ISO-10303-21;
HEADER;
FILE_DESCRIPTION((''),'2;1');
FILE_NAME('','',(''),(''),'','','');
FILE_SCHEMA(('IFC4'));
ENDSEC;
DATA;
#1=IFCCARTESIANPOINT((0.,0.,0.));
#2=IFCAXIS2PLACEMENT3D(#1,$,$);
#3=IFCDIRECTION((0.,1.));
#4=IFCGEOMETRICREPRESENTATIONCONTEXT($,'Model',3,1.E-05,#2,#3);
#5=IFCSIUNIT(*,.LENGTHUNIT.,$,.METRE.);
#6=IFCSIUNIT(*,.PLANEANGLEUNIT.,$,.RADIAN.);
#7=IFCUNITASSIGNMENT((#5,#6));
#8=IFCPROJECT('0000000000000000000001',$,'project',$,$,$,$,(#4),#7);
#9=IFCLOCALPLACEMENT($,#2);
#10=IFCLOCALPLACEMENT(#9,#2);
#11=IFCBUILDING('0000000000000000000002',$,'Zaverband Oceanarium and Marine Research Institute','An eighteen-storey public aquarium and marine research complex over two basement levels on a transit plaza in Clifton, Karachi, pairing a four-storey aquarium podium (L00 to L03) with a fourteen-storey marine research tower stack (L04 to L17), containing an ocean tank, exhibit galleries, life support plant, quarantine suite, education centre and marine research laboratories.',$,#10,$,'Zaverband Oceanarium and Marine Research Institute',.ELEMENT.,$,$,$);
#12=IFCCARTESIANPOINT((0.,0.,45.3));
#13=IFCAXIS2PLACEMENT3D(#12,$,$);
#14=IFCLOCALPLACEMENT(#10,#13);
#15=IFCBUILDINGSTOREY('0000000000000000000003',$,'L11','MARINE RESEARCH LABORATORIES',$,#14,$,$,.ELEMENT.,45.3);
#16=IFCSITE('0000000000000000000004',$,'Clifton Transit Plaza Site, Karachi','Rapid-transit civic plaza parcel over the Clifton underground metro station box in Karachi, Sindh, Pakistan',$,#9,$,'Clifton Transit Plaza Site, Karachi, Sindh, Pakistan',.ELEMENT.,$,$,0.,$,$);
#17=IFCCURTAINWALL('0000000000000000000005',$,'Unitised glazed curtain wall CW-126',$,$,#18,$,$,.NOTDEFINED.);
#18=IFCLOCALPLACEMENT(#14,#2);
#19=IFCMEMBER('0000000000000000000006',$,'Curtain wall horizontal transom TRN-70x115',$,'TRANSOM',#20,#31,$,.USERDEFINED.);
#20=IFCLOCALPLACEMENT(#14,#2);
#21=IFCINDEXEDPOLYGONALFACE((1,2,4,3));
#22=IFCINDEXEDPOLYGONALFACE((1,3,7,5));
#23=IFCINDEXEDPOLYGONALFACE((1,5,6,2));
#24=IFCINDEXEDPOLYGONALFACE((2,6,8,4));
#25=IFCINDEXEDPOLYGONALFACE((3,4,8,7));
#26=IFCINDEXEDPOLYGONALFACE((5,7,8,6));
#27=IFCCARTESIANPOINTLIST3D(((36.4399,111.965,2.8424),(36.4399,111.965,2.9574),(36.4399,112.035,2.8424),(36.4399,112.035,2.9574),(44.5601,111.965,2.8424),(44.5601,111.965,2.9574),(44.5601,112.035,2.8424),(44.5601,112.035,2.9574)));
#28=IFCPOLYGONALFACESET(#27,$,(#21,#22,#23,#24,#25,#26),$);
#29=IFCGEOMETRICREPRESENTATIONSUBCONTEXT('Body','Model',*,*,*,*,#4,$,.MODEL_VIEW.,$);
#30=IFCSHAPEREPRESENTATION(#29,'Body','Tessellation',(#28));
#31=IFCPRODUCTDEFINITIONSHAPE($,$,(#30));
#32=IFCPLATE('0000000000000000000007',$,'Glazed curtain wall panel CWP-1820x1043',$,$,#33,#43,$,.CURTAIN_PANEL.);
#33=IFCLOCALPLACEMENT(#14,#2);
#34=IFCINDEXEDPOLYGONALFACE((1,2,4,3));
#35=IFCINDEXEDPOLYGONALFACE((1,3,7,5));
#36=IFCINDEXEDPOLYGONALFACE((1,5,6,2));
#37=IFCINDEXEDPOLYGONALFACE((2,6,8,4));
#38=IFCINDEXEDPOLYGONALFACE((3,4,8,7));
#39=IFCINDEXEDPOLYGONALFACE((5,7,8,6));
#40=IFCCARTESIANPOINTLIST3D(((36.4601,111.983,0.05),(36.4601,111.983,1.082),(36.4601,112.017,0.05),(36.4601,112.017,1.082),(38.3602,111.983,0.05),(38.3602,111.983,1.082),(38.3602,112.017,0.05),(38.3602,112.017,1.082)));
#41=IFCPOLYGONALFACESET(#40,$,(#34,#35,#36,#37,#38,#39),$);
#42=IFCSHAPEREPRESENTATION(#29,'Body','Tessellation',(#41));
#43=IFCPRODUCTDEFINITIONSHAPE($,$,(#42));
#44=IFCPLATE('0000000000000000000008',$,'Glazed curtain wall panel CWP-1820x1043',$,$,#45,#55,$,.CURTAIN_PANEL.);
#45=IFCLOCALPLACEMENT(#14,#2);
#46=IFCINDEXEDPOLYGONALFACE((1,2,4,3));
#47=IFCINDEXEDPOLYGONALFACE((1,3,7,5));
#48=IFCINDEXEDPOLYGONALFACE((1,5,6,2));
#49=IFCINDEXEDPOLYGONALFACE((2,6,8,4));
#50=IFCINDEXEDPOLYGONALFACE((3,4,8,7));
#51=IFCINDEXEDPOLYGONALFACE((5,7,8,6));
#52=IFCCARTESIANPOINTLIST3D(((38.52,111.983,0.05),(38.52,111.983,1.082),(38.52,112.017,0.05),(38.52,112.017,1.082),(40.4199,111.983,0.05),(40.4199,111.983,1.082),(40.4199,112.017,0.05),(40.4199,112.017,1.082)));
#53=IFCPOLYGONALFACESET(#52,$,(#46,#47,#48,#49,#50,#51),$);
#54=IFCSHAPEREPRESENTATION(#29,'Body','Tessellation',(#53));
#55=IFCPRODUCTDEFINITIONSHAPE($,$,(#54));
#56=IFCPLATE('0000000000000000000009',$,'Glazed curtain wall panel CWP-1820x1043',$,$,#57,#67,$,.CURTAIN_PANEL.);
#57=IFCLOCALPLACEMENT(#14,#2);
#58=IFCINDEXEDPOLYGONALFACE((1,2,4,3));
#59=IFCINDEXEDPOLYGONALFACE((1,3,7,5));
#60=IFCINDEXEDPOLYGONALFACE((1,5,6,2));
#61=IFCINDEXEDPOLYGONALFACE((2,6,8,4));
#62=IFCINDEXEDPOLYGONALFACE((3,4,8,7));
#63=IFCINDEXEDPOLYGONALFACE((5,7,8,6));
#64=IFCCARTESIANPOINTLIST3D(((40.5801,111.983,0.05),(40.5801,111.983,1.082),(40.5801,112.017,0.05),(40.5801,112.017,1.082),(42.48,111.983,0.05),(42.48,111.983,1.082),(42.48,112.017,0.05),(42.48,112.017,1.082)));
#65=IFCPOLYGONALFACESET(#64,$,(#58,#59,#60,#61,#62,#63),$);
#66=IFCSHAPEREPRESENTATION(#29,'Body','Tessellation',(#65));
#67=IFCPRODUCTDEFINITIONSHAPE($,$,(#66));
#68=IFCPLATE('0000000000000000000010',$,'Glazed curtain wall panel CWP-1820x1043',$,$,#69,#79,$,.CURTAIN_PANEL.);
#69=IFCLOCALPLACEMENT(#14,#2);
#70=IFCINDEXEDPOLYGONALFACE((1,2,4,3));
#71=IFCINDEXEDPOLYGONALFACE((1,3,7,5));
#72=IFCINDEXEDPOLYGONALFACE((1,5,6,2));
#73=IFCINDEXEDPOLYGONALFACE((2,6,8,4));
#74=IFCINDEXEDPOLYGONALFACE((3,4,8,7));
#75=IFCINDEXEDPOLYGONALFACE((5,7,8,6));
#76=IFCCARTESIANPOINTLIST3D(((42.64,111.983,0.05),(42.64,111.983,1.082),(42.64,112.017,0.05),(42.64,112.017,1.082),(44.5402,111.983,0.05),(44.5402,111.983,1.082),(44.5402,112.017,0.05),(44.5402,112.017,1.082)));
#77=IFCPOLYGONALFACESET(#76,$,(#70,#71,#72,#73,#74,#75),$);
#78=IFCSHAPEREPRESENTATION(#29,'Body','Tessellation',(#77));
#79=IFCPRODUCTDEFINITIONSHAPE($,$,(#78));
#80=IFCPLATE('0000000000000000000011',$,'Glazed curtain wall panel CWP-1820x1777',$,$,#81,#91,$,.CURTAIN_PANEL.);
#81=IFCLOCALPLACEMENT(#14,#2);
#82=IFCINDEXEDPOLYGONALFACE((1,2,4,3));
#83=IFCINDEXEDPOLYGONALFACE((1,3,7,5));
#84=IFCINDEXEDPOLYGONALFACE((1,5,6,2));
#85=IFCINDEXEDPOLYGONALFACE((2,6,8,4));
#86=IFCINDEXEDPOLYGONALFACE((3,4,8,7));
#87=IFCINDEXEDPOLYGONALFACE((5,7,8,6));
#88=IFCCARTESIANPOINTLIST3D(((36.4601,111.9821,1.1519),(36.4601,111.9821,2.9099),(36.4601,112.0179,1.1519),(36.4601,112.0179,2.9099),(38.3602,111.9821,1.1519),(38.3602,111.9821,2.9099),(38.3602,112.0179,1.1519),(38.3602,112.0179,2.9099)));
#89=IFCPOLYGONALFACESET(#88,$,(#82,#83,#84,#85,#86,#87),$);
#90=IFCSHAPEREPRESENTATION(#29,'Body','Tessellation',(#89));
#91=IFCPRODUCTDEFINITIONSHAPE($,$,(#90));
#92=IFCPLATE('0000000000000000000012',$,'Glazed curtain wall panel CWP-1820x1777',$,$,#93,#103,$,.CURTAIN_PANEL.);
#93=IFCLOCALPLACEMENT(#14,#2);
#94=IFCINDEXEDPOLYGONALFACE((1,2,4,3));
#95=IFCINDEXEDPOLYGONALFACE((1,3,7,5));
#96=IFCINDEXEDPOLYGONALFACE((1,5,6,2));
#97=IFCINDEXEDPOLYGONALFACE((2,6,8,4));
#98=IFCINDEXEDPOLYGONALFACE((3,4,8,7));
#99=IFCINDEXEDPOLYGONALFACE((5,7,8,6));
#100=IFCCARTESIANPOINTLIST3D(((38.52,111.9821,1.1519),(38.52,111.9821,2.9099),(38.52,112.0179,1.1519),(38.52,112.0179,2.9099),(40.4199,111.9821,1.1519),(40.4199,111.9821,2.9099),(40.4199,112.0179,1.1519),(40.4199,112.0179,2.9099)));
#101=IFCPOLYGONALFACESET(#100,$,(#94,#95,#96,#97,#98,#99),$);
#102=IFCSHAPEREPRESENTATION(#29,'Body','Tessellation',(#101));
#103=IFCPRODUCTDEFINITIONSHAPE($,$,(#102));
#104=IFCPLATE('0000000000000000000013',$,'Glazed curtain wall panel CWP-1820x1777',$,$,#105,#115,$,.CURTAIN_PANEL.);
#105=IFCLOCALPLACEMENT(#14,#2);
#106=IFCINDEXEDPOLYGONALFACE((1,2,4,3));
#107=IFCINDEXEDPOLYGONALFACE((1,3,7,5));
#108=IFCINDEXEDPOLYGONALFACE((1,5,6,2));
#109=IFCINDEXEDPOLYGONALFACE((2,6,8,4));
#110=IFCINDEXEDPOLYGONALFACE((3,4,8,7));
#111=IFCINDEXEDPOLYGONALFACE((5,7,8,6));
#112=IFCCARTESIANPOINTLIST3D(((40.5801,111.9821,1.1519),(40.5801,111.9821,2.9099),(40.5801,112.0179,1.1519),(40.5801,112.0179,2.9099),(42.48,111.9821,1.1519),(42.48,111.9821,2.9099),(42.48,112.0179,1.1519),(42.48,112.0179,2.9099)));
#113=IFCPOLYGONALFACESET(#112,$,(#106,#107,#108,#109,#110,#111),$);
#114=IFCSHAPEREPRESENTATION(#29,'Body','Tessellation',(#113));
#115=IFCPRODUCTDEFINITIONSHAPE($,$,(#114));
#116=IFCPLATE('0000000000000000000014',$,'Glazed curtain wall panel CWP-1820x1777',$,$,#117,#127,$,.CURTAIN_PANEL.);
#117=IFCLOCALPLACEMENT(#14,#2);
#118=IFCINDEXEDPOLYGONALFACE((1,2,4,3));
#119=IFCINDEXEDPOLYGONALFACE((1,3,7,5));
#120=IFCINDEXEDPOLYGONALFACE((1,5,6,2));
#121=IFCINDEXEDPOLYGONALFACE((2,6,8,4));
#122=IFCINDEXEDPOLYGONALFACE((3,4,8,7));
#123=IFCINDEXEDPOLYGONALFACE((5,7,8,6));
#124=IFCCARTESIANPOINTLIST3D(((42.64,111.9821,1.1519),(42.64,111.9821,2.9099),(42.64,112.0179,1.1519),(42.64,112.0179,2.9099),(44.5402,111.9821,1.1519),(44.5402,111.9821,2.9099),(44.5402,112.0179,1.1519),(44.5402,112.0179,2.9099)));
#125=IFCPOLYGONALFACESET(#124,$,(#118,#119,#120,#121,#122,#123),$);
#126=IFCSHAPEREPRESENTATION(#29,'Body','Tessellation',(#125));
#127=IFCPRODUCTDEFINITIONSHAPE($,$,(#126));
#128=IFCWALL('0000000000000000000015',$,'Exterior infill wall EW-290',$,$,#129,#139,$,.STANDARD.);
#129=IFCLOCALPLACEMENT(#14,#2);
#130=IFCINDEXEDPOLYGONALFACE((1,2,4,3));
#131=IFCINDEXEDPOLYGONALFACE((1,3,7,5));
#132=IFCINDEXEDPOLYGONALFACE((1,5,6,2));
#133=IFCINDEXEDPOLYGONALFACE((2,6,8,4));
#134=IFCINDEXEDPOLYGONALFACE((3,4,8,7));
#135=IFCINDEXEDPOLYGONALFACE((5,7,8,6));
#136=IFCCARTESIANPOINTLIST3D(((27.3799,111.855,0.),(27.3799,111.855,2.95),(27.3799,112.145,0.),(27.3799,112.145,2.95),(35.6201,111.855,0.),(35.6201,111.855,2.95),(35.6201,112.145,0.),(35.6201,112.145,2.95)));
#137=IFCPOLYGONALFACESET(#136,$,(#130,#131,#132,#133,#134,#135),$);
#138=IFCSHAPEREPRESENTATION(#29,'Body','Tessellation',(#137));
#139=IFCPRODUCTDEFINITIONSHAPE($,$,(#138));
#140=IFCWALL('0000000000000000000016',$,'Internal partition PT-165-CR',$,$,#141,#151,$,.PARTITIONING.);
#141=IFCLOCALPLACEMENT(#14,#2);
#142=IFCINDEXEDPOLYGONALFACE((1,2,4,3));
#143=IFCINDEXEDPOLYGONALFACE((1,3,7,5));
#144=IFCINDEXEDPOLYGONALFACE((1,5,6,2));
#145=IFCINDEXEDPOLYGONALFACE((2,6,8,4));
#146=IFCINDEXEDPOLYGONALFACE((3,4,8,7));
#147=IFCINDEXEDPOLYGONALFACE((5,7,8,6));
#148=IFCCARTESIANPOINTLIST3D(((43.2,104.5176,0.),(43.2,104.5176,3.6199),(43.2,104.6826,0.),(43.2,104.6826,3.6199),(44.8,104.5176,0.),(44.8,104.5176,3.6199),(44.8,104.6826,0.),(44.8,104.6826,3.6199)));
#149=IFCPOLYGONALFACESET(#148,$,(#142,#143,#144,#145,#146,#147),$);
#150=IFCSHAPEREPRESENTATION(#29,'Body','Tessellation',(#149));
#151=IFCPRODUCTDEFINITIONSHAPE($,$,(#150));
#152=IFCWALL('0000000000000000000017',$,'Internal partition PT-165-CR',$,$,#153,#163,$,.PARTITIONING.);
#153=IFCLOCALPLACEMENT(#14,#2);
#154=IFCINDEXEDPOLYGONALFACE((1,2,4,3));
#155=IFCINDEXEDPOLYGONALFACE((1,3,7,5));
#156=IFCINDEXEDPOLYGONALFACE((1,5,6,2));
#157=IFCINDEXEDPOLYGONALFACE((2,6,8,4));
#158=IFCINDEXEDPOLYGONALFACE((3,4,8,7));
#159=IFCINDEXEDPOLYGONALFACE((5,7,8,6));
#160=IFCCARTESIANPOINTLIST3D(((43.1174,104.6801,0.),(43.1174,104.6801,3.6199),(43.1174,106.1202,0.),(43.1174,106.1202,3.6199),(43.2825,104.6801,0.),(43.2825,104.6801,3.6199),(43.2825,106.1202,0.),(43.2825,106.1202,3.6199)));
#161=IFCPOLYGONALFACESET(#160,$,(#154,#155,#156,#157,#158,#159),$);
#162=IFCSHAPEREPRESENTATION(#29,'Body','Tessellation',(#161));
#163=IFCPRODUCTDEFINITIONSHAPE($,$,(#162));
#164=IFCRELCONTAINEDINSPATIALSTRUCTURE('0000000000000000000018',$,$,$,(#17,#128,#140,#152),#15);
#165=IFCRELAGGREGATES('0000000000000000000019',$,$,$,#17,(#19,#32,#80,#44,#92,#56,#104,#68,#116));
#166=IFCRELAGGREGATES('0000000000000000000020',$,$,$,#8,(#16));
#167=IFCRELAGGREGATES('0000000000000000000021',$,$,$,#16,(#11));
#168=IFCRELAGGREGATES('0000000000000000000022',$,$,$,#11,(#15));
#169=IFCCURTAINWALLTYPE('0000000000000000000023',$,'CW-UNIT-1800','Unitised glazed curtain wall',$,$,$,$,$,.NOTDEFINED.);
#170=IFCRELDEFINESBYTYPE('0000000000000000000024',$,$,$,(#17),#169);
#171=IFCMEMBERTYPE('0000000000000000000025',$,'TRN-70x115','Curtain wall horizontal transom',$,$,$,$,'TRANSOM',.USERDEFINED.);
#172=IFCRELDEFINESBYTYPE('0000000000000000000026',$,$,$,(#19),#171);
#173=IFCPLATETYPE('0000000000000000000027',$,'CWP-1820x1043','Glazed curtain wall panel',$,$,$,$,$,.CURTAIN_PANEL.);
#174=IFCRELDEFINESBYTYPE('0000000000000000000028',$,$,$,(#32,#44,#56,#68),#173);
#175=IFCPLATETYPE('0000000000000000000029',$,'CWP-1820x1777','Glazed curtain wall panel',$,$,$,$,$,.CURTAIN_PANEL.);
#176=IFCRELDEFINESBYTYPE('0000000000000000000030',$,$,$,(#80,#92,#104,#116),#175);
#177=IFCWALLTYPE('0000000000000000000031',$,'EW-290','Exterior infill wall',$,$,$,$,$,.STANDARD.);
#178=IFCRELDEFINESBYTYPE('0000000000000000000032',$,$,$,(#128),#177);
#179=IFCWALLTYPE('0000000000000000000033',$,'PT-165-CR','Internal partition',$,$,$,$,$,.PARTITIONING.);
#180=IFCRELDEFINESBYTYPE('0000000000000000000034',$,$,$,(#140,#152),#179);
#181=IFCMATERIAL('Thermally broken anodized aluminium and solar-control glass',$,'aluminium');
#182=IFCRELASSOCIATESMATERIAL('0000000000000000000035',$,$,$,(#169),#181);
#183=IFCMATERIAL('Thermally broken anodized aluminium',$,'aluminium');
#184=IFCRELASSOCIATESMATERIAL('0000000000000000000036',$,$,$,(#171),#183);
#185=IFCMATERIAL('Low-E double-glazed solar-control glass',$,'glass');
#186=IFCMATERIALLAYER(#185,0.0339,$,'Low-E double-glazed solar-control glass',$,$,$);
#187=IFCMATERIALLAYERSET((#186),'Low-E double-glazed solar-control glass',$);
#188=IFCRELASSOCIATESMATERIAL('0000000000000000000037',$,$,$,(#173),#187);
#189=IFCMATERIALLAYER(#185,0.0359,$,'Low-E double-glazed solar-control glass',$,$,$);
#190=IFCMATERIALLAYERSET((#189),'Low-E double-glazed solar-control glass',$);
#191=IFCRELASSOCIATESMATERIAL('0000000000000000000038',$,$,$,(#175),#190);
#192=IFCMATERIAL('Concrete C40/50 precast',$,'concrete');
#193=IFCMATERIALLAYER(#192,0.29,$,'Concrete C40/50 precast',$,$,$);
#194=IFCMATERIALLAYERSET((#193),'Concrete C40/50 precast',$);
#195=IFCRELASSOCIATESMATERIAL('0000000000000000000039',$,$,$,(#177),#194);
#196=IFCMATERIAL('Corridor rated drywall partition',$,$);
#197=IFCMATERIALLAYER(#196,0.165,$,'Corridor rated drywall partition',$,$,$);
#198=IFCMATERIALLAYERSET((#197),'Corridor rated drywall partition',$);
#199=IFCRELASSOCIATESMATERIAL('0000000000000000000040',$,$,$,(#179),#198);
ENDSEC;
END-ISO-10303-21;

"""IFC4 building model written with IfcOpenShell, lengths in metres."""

from ifc_helpers import new_model, si_unit, direction, frame, frame_2d, origin, origin_2d, place, context, subcontext, project, spatial, rectangle, extrude, material, layer, layer_set, material_profile, profile_set, type_object, element, aggregate, save


model = new_model("IFC4")

# Units and contexts
model_context = context("Model", 3, precision=1e-05, world=origin(), true_north=direction((0.0, 1.0)))
body_context = subcontext(model_context, "Body", "Model", "MODEL_VIEW")
ifc_project = project(units=[si_unit("LENGTHUNIT", "METRE"), si_unit("PLANEANGLEUNIT", "RADIAN")], contexts=[model_context])

# Site, building, storey
site_placement = place(None, origin())
site = spatial("IfcSite", under=ifc_project, at=site_placement, Name="Clifton Transit Plaza Site, Karachi", Description="Rapid-transit civic plaza parcel over the Clifton underground metro station box in Karachi, Sindh, Pakistan", LongName="Clifton Transit Plaza Site, Karachi, Sindh, Pakistan", CompositionType="ELEMENT", RefElevation=0.0)
building_placement = place(site_placement, origin())
building = spatial("IfcBuilding", under=site, at=building_placement, Name="Zaverband Oceanarium and Marine Research Institute", Description="An eighteen-storey public aquarium and marine research complex over two basement levels on a transit plaza in Clifton, Karachi, pairing a four-storey aquarium podium (L00 to L03) with a fourteen-storey marine research tower stack (L04 to L17), containing an ocean tank, exhibit galleries, life support plant, quarantine suite, education centre and marine research laboratories.", LongName="Zaverband Oceanarium and Marine Research Institute", CompositionType="ELEMENT")
storey_placement = place(building_placement, frame((0.0, 0.0, 45.3)))
storey = spatial("IfcBuildingStorey", under=building, at=storey_placement, Name="L11", Description="MARINE RESEARCH LABORATORIES", CompositionType="ELEMENT", Elevation=45.3)

# Curtain wall
ifc_material_1 = material(Name="Thermally broken anodized aluminium and solar-control glass", Category="aluminium")
curtain_wall_type = type_object("IfcCurtainWallType", Name="CW-UNIT-1800", Description="Unitised glazed curtain wall", PredefinedType="NOTDEFINED", material=ifc_material_1)
curtain_wall_placement = place(storey_placement, origin())
curtain_wall = element("IfcCurtainWall", 1, at=curtain_wall_placement, inside=storey, type_object=curtain_wall_type, Name="Unitised glazed curtain wall CW-126", PredefinedType="NOTDEFINED")
ifc_material_2 = material(Name="Thermally broken anodized aluminium", Category="aluminium")

# Member
ifc_material_profile_1 = material_profile(ifc_material_2, rectangle(XDim=0.0701, YDim=0.115, at=origin_2d()), Name="AL-TRN-70x115")
ifc_profile_set_1 = profile_set([ifc_material_profile_1], Name="Thermally broken anodized aluminium")
member_type_1 = type_object("IfcMemberType", Name="TRN-70x115", Description="Curtain wall horizontal transom", ElementType="TRANSOM", PredefinedType="USERDEFINED", material=ifc_profile_set_1)
member_1_placement = place(storey_placement, frame((36.4399, 112.0, 2.8999), z_axis=(1.0, 0.0, 0.0), x_axis=(0.0, 1.0, 0.0)))
member_1 = element("IfcMember", 2, at=member_1_placement, type_object=member_type_1, Name="Curtain wall horizontal transom TRN-70x115", ObjectType="TRANSOM", PredefinedType="USERDEFINED", context=body_context, shape_type="SweptSolid", body=[
    extrude(rectangle(XDim=0.0701, YDim=0.115, at=origin_2d()), origin(), (0.0, 0.0, 1.0), 8.1201),
])

# Plates
ifc_material_3 = material(Name="Low-E double-glazed solar-control glass", Category="glass")
ifc_layer_1 = layer(ifc_material_3, 0.0339, Name="Low-E double-glazed solar-control glass")
ifc_layer_set_1 = layer_set([ifc_layer_1], Name="Low-E double-glazed solar-control glass")
plate_type_1 = type_object("IfcPlateType", Name="CWP-1820x1043", Description="Glazed curtain wall panel", PredefinedType="CURTAIN_PANEL", material=ifc_layer_set_1)
plate_1_placement = place(storey_placement, frame((36.46, 112.0, 0.05), z_axis=(0.0, 0.0, 1.0), x_axis=(1.0, 0.0, 0.0)))
plate_1 = element("IfcPlate", 3, at=plate_1_placement, type_object=plate_type_1, Name="Glazed curtain wall panel CWP-1820x1043", PredefinedType="CURTAIN_PANEL", context=body_context, shape_type="SweptSolid", body=[
    extrude(rectangle(XDim=1.9001, YDim=0.0339, at=frame_2d((0.9502, 0.0))), origin(), (0.0, 0.0, 1.0), 1.032),
])
plate_2_placement = place(storey_placement, frame((38.52, 112.0, 0.05), z_axis=(0.0, 0.0, 1.0), x_axis=(1.0, 0.0, 0.0)))
plate_2 = element("IfcPlate", 4, at=plate_2_placement, type_object=plate_type_1, Name="Glazed curtain wall panel CWP-1820x1043", PredefinedType="CURTAIN_PANEL", context=body_context, shape_type="SweptSolid", body=[
    extrude(rectangle(XDim=1.8999, YDim=0.0339, at=frame_2d((0.95, 0.0))), origin(), (0.0, 0.0, 1.0), 1.032),
])
plate_3_placement = place(storey_placement, frame((40.5801, 112.0, 0.05), z_axis=(0.0, 0.0, 1.0), x_axis=(1.0, 0.0, 0.0)))
plate_3 = element("IfcPlate", 5, at=plate_3_placement, type_object=plate_type_1, Name="Glazed curtain wall panel CWP-1820x1043", PredefinedType="CURTAIN_PANEL", context=body_context, shape_type="SweptSolid", body=[
    extrude(rectangle(XDim=1.8999, YDim=0.0339, at=frame_2d((0.95, 0.0))), origin(), (0.0, 0.0, 1.0), 1.032),
])
plate_4_placement = place(storey_placement, frame((42.6399, 112.0, 0.05), z_axis=(0.0, 0.0, 1.0), x_axis=(1.0, 0.0, 0.0)))
plate_4 = element("IfcPlate", 6, at=plate_4_placement, type_object=plate_type_1, Name="Glazed curtain wall panel CWP-1820x1043", PredefinedType="CURTAIN_PANEL", context=body_context, shape_type="SweptSolid", body=[
    extrude(rectangle(XDim=1.9001, YDim=0.0339, at=frame_2d((0.9502, 0.0))), origin(), (0.0, 0.0, 1.0), 1.032),
])
ifc_layer_2 = layer(ifc_material_3, 0.0359, Name="Low-E double-glazed solar-control glass")
ifc_layer_set_2 = layer_set([ifc_layer_2], Name="Low-E double-glazed solar-control glass")
plate_type_2 = type_object("IfcPlateType", Name="CWP-1820x1777", Description="Glazed curtain wall panel", PredefinedType="CURTAIN_PANEL", material=ifc_layer_set_2)
plate_5_placement = place(storey_placement, frame((36.46, 112.0, 1.1519), z_axis=(0.0, 0.0, 1.0), x_axis=(1.0, 0.0, 0.0)))
plate_5 = element("IfcPlate", 7, at=plate_5_placement, type_object=plate_type_2, Name="Glazed curtain wall panel CWP-1820x1777", PredefinedType="CURTAIN_PANEL", context=body_context, shape_type="SweptSolid", body=[
    extrude(rectangle(XDim=1.9001, YDim=0.0359, at=frame_2d((0.9502, 0.0))), origin(), (0.0, 0.0, 1.0), 1.7581),
])
plate_6_placement = place(storey_placement, frame((38.52, 112.0, 1.1519), z_axis=(0.0, 0.0, 1.0), x_axis=(1.0, 0.0, 0.0)))
plate_6 = element("IfcPlate", 8, at=plate_6_placement, type_object=plate_type_2, Name="Glazed curtain wall panel CWP-1820x1777", PredefinedType="CURTAIN_PANEL", context=body_context, shape_type="SweptSolid", body=[
    extrude(rectangle(XDim=1.8999, YDim=0.0359, at=frame_2d((0.95, 0.0))), origin(), (0.0, 0.0, 1.0), 1.7581),
])
plate_7_placement = place(storey_placement, frame((40.5801, 112.0, 1.1519), z_axis=(0.0, 0.0, 1.0), x_axis=(1.0, 0.0, 0.0)))
plate_7 = element("IfcPlate", 9, at=plate_7_placement, type_object=plate_type_2, Name="Glazed curtain wall panel CWP-1820x1777", PredefinedType="CURTAIN_PANEL", context=body_context, shape_type="SweptSolid", body=[
    extrude(rectangle(XDim=1.8999, YDim=0.0359, at=frame_2d((0.95, 0.0))), origin(), (0.0, 0.0, 1.0), 1.7581),
])
plate_8_placement = place(storey_placement, frame((42.6399, 112.0, 1.1519), z_axis=(0.0, 0.0, 1.0), x_axis=(1.0, 0.0, 0.0)))
plate_8 = element("IfcPlate", 10, at=plate_8_placement, type_object=plate_type_2, Name="Glazed curtain wall panel CWP-1820x1777", PredefinedType="CURTAIN_PANEL", context=body_context, shape_type="SweptSolid", body=[
    extrude(rectangle(XDim=1.9001, YDim=0.0359, at=frame_2d((0.9502, 0.0))), origin(), (0.0, 0.0, 1.0), 1.7581),
])
aggregate(curtain_wall, [member_1, plate_1, plate_5, plate_2, plate_6, plate_3, plate_7, plate_4, plate_8])

# Walls
ifc_material_4 = material(Name="Concrete C40/50 precast", Category="concrete")
ifc_layer_3 = layer(ifc_material_4, 0.29, Name="Concrete C40/50 precast")
ifc_layer_set_3 = layer_set([ifc_layer_3], Name="Concrete C40/50 precast")
wall_type_1 = type_object("IfcWallType", Name="EW-290", Description="Exterior infill wall", PredefinedType="STANDARD", material=ifc_layer_set_3)
wall_1_placement = place(storey_placement, frame((27.3799, 112.0, 0.0), z_axis=(0.0, 0.0, 1.0), x_axis=(1.0, 0.0, 0.0)))
element("IfcWall", 11, at=wall_1_placement, inside=storey, type_object=wall_type_1, Name="Exterior infill wall EW-290", PredefinedType="STANDARD", context=body_context, shape_type="SweptSolid", body=[
    extrude(rectangle(XDim=8.2402, YDim=0.29, at=frame_2d((4.1201, 0.0))), origin(), (0.0, 0.0, 1.0), 2.95),
])
ifc_material_5 = material(Name="Corridor rated drywall partition")
ifc_layer_4 = layer(ifc_material_5, 0.165, Name="Corridor rated drywall partition")
ifc_layer_set_4 = layer_set([ifc_layer_4], Name="Corridor rated drywall partition")
wall_type_2 = type_object("IfcWallType", Name="PT-165-CR", Description="Internal partition", PredefinedType="PARTITIONING", material=ifc_layer_set_4)
wall_2_placement = place(storey_placement, frame((43.2, 104.6001, 0.0), z_axis=(0.0, 0.0, 1.0), x_axis=(1.0, 0.0, 0.0)))
element("IfcWall", 12, at=wall_2_placement, inside=storey, type_object=wall_type_2, Name="Internal partition PT-165-CR", PredefinedType="PARTITIONING", context=body_context, shape_type="SweptSolid", body=[
    extrude(rectangle(XDim=1.6001, YDim=0.165, at=frame_2d((0.8, 0.0))), origin(), (0.0, 0.0, 1.0), 3.6199),
])
wall_3_placement = place(storey_placement, frame((43.2, 104.6799, 0.0), z_axis=(0.0, 0.0, 1.0), x_axis=(0.0, 1.0, 0.0)))
element("IfcWall", 13, at=wall_3_placement, inside=storey, type_object=wall_type_2, Name="Internal partition PT-165-CR", PredefinedType="PARTITIONING", context=body_context, shape_type="SweptSolid", body=[
    extrude(rectangle(XDim=1.4402, YDim=0.165, at=frame_2d((0.7202, 0.0))), origin(), (0.0, 0.0, 1.0), 3.6199),
])

save(model, "model.ifc")
